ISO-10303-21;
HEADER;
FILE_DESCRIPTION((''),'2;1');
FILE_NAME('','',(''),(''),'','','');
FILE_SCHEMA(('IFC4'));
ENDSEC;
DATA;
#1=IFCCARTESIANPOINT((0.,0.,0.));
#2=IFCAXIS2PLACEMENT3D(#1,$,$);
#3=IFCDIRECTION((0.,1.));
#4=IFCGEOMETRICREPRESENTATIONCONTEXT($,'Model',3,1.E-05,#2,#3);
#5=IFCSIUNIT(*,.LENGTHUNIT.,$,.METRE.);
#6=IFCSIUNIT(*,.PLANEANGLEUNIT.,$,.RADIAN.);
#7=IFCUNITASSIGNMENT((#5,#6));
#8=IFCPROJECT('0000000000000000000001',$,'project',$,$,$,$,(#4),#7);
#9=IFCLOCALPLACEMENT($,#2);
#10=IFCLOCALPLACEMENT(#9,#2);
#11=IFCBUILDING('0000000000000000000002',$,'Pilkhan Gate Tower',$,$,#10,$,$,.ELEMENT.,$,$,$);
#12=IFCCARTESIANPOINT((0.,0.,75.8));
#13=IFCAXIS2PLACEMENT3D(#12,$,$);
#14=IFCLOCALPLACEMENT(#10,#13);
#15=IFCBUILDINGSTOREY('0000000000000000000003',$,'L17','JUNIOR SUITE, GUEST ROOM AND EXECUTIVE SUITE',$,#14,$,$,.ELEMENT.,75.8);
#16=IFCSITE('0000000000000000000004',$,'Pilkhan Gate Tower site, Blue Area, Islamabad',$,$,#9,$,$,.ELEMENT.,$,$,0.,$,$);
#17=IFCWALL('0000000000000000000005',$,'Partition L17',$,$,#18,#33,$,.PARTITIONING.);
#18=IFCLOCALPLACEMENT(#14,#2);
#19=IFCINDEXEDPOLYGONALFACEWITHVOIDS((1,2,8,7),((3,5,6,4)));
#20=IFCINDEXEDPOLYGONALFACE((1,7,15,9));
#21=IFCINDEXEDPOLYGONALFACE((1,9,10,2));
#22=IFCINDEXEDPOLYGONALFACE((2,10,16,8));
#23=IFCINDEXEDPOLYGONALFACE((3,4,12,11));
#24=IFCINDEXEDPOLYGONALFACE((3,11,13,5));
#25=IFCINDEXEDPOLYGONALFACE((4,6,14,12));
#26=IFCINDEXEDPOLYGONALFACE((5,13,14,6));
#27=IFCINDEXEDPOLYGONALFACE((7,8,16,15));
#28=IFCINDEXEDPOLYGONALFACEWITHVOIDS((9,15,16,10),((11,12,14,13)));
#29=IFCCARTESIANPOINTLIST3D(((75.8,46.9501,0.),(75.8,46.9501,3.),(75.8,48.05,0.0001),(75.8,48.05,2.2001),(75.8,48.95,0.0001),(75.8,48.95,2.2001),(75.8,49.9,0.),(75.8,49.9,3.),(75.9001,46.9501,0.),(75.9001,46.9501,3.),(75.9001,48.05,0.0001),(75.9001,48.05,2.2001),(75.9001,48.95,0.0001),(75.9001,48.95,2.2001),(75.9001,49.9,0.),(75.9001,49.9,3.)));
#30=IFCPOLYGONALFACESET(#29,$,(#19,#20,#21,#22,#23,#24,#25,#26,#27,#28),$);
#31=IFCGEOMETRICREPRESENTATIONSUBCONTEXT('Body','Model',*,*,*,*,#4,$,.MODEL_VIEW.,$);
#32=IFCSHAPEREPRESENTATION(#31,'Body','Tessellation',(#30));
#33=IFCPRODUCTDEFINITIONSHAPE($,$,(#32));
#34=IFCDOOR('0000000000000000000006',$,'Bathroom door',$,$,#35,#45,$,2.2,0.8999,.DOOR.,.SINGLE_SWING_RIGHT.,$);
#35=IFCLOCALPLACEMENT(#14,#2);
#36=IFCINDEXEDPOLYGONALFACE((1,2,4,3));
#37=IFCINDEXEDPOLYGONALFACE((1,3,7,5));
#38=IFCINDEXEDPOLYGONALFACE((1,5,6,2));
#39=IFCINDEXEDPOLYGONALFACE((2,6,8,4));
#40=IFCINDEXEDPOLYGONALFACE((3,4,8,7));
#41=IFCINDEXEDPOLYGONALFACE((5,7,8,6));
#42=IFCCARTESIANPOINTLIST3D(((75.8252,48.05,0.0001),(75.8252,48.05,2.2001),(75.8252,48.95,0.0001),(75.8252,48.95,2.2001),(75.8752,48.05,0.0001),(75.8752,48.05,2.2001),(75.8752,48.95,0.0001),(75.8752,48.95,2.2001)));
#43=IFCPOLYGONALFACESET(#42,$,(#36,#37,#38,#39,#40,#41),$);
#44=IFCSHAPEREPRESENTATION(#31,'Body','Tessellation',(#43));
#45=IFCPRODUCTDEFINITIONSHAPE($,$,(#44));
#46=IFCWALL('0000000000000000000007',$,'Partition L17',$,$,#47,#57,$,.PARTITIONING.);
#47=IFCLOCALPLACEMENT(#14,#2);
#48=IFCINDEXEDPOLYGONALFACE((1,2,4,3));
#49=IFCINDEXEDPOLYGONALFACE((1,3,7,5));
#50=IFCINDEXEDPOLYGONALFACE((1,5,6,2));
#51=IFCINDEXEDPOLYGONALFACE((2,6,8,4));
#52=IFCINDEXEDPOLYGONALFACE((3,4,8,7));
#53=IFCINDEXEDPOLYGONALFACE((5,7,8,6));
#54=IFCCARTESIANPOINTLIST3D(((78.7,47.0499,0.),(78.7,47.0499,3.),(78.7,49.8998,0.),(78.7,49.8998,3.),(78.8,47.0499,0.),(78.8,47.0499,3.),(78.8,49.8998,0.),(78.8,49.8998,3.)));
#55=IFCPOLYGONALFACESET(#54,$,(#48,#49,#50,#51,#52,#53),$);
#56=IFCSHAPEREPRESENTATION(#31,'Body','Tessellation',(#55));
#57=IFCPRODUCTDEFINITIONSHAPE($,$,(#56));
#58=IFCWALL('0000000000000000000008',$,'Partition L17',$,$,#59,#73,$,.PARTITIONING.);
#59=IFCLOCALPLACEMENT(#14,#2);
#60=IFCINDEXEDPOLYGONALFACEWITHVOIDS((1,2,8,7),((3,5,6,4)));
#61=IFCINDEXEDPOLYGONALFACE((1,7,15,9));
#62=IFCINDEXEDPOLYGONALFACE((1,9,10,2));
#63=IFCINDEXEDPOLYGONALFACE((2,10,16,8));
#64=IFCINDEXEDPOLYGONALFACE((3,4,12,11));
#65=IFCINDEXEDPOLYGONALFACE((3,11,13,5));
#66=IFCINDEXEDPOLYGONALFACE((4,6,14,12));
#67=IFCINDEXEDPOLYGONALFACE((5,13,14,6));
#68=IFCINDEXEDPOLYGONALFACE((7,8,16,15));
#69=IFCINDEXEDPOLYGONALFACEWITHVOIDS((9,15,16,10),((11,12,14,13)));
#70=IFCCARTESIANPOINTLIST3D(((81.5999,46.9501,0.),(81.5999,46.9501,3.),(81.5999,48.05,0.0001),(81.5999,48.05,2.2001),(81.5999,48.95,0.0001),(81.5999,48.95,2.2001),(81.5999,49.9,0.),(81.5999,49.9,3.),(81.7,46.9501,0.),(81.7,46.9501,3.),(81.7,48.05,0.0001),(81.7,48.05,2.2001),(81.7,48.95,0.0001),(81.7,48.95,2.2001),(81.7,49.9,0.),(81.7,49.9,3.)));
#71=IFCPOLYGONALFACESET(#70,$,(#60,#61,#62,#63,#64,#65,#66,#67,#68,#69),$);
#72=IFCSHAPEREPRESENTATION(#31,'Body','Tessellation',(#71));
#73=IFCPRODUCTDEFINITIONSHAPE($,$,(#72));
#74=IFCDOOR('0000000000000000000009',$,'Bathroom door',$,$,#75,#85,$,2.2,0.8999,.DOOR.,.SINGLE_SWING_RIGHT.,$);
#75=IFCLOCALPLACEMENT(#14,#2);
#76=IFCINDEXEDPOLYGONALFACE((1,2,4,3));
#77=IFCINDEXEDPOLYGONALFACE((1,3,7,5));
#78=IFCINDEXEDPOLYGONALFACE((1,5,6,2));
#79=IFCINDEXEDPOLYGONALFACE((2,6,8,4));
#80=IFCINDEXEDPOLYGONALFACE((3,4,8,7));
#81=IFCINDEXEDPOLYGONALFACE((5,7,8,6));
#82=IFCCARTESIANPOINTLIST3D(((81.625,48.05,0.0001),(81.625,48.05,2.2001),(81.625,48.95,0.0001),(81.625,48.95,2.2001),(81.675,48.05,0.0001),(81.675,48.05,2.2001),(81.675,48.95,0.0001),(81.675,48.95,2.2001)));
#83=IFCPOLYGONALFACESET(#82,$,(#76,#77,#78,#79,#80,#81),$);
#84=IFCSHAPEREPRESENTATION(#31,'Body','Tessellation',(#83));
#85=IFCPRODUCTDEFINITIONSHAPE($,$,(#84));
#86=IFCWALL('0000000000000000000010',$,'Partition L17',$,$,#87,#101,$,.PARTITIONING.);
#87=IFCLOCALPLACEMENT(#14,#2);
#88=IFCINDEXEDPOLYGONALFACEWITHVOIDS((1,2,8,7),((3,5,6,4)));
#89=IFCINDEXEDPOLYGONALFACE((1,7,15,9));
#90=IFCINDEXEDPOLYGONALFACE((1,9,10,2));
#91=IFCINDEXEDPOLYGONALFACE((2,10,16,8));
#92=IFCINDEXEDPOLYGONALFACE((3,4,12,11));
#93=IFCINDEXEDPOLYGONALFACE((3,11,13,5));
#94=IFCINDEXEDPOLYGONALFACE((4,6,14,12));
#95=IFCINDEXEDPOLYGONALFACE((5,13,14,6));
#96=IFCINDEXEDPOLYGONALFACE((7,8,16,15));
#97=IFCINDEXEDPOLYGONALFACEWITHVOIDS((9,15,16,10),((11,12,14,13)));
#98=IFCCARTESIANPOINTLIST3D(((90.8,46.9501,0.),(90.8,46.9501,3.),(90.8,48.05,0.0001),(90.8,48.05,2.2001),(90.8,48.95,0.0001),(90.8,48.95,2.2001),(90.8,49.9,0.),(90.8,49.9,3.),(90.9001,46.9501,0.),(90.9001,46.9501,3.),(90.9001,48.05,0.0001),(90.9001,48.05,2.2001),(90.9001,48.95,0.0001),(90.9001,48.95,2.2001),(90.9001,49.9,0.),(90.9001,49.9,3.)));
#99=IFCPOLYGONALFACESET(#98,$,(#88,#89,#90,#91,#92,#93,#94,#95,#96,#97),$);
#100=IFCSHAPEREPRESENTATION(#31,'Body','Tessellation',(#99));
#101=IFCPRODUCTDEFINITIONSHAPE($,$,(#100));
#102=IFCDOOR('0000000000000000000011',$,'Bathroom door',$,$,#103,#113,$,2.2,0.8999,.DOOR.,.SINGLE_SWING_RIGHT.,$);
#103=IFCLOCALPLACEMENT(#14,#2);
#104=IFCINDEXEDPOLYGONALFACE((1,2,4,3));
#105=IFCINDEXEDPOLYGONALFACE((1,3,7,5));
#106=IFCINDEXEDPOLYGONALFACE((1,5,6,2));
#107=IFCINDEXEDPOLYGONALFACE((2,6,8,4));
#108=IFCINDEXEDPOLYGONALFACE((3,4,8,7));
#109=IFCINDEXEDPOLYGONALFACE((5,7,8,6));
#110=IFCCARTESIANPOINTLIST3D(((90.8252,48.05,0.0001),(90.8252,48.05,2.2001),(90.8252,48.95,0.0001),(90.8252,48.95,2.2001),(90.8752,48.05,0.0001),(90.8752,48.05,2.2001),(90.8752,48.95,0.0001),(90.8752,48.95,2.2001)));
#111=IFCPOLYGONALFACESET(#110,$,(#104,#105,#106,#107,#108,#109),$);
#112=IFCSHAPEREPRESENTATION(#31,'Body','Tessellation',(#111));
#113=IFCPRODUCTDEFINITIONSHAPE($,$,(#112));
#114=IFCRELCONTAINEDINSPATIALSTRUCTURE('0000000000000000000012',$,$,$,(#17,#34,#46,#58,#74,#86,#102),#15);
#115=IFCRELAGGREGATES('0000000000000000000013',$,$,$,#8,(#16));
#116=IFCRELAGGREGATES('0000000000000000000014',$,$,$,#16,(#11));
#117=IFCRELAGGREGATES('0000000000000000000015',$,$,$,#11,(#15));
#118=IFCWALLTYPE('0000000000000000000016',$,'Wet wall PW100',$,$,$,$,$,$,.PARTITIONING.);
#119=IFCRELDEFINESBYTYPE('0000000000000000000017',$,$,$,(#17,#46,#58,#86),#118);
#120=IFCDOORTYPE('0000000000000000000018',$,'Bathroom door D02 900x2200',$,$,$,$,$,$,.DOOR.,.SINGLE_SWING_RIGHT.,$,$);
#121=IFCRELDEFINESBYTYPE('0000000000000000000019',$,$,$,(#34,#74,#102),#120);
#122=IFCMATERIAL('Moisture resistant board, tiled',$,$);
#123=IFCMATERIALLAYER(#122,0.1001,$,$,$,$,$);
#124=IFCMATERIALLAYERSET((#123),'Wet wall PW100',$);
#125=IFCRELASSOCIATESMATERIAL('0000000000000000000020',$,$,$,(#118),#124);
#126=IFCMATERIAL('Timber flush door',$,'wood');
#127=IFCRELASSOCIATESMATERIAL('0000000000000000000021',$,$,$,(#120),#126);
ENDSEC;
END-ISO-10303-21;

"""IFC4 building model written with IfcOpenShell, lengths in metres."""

from ifc_helpers import new_model, si_unit, direction, frame, frame_2d, origin, place, context, subcontext, project, spatial, rectangle, extrude, material, layer, layer_set, type_object, element, fill, save


model = new_model("IFC4")

# Units and contexts
model_context = context("Model", 3, precision=1e-05, world=origin(), true_north=direction((0.0, 1.0)))
body_context = subcontext(model_context, "Body", "Model", "MODEL_VIEW")
ifc_project = project(units=[si_unit("LENGTHUNIT", "METRE"), si_unit("PLANEANGLEUNIT", "RADIAN")], contexts=[model_context])

# Site, building, storey
site_placement = place(None, origin())
site = spatial("IfcSite", under=ifc_project, at=site_placement, Name="Pilkhan Gate Tower site, Blue Area, Islamabad", CompositionType="ELEMENT", RefElevation=0.0)
building_placement = place(site_placement, origin())
building = spatial("IfcBuilding", under=site, at=building_placement, Name="Pilkhan Gate Tower", CompositionType="ELEMENT")
storey_placement = place(building_placement, frame((0.0, 0.0, 75.8)))
storey = spatial("IfcBuildingStorey", under=building, at=storey_placement, Name="L17", Description="JUNIOR SUITE, GUEST ROOM AND EXECUTIVE SUITE", CompositionType="ELEMENT", Elevation=75.8)

# Shared definitions
ifc_material_1 = material(Name="Moisture resistant board, tiled")
ifc_layer_1 = layer(ifc_material_1, 0.1001)
ifc_layer_set_1 = layer_set([ifc_layer_1], Name="Wet wall PW100")
wall_type_1 = type_object("IfcWallType", Name="Wet wall PW100", PredefinedType="PARTITIONING", material=ifc_layer_set_1)

# Wall, opening, door
wall_1_placement = place(storey_placement, frame((75.8501, 46.95, 0.0), z_axis=(0.0, 0.0, 1.0), x_axis=(0.0, 1.0, 0.0)))
wall_1 = element("IfcWall", 1, at=wall_1_placement, inside=storey, type_object=wall_type_1, Name="Partition L17", PredefinedType="PARTITIONING", context=body_context, shape_type="SweptSolid", body=[
    extrude(rectangle(XDim=2.95, YDim=0.1001, at=frame_2d((1.4751, 0.0))), origin(), (0.0, 0.0, 1.0), 3.0),
])
opening_1_placement = place(wall_1_placement, frame((1.1001, 0.0, 0.0)))
opening_1 = element("IfcOpeningElement", 2, at=opening_1_placement, cuts=wall_1, PredefinedType="OPENING", context=body_context, shape_type="SweptSolid", body=[
    extrude(rectangle(XDim=0.8999, YDim=2.2, at=frame_2d((0.45, 1.1001))), frame((0.0, 0.0601, 0.0), z_axis=(0.0, -1.0, 0.0), x_axis=(1.0, 0.0, 0.0)), (0.0, 0.0, 1.0), 0.1201),
])
ifc_material_2 = material(Name="Timber flush door", Category="wood")
door_type_1 = type_object("IfcDoorType", Name="Bathroom door D02 900x2200", OperationType="SINGLE_SWING_RIGHT", PredefinedType="DOOR", material=ifc_material_2)
door_1_placement = place(opening_1_placement, origin())
door_1 = element("IfcDoor", 3, at=door_1_placement, inside=storey, type_object=door_type_1, Name="Bathroom door", OperationType="SINGLE_SWING_RIGHT", OverallHeight=2.2, OverallWidth=0.8999, PredefinedType="DOOR", context=body_context, shape_type="SweptSolid", body=[
    extrude(rectangle(XDim=0.8999, YDim=2.2, at=frame_2d((0.45, 1.1001))), frame((0.0, 0.0249, 0.0), z_axis=(0.0, -1.0, 0.0), x_axis=(1.0, 0.0, 0.0)), (0.0, 0.0, 1.0), 0.05),
])
fill(opening_1, door_1)

# Wall
wall_2_placement = place(storey_placement, frame((78.75, 47.05, 0.0), z_axis=(0.0, 0.0, 1.0), x_axis=(0.0, 1.0, 0.0)))
element("IfcWall", 4, at=wall_2_placement, inside=storey, type_object=wall_type_1, Name="Partition L17", PredefinedType="PARTITIONING", context=body_context, shape_type="SweptSolid", body=[
    extrude(rectangle(XDim=2.8499, YDim=0.1001, at=frame_2d((1.4248, 0.0))), origin(), (0.0, 0.0, 1.0), 3.0),
])

# Walls, openings, doors
wall_3_placement = place(storey_placement, frame((81.6499, 46.95, 0.0), z_axis=(0.0, 0.0, 1.0), x_axis=(0.0, 1.0, 0.0)))
wall_3 = element("IfcWall", 5, at=wall_3_placement, inside=storey, type_object=wall_type_1, Name="Partition L17", PredefinedType="PARTITIONING", context=body_context, shape_type="SweptSolid", body=[
    extrude(rectangle(XDim=2.95, YDim=0.1001, at=frame_2d((1.4751, 0.0))), origin(), (0.0, 0.0, 1.0), 3.0),
])
opening_2_placement = place(wall_3_placement, frame((1.1001, 0.0, 0.0)))
opening_2 = element("IfcOpeningElement", 6, at=opening_2_placement, cuts=wall_3, PredefinedType="OPENING", context=body_context, shape_type="SweptSolid", body=[
    extrude(rectangle(XDim=0.8999, YDim=2.2, at=frame_2d((0.45, 1.1001))), frame((0.0, 0.0601, 0.0), z_axis=(0.0, -1.0, 0.0), x_axis=(1.0, 0.0, 0.0)), (0.0, 0.0, 1.0), 0.1201),
])
door_2_placement = place(opening_2_placement, origin())
door_2 = element("IfcDoor", 7, at=door_2_placement, inside=storey, type_object=door_type_1, Name="Bathroom door", OperationType="SINGLE_SWING_RIGHT", OverallHeight=2.2, OverallWidth=0.8999, PredefinedType="DOOR", context=body_context, shape_type="SweptSolid", body=[
    extrude(rectangle(XDim=0.8999, YDim=2.2, at=frame_2d((0.45, 1.1001))), frame((0.0, 0.0249, 0.0), z_axis=(0.0, -1.0, 0.0), x_axis=(1.0, 0.0, 0.0)), (0.0, 0.0, 1.0), 0.05),
])
fill(opening_2, door_2)
wall_4_placement = place(storey_placement, frame((90.8501, 46.95, 0.0), z_axis=(0.0, 0.0, 1.0), x_axis=(0.0, 1.0, 0.0)))
wall_4 = element("IfcWall", 8, at=wall_4_placement, inside=storey, type_object=wall_type_1, Name="Partition L17", PredefinedType="PARTITIONING", context=body_context, shape_type="SweptSolid", body=[
    extrude(rectangle(XDim=2.95, YDim=0.1001, at=frame_2d((1.4751, 0.0))), origin(), (0.0, 0.0, 1.0), 3.0),
])
opening_3_placement = place(wall_4_placement, frame((1.1001, 0.0, 0.0)))
opening_3 = element("IfcOpeningElement", 9, at=opening_3_placement, cuts=wall_4, PredefinedType="OPENING", context=body_context, shape_type="SweptSolid", body=[
    extrude(rectangle(XDim=0.8999, YDim=2.2, at=frame_2d((0.45, 1.1001))), frame((0.0, 0.0601, 0.0), z_axis=(0.0, -1.0, 0.0), x_axis=(1.0, 0.0, 0.0)), (0.0, 0.0, 1.0), 0.1201),
])
door_3_placement = place(opening_3_placement, origin())
door_3 = element("IfcDoor", 10, at=door_3_placement, inside=storey, type_object=door_type_1, Name="Bathroom door", OperationType="SINGLE_SWING_RIGHT", OverallHeight=2.2, OverallWidth=0.8999, PredefinedType="DOOR", context=body_context, shape_type="SweptSolid", body=[
    extrude(rectangle(XDim=0.8999, YDim=2.2, at=frame_2d((0.45, 1.1001))), frame((0.0, 0.0249, 0.0), z_axis=(0.0, -1.0, 0.0), x_axis=(1.0, 0.0, 0.0)), (0.0, 0.0, 1.0), 0.05),
])
fill(opening_3, door_3)

save(model, "model.ifc")
